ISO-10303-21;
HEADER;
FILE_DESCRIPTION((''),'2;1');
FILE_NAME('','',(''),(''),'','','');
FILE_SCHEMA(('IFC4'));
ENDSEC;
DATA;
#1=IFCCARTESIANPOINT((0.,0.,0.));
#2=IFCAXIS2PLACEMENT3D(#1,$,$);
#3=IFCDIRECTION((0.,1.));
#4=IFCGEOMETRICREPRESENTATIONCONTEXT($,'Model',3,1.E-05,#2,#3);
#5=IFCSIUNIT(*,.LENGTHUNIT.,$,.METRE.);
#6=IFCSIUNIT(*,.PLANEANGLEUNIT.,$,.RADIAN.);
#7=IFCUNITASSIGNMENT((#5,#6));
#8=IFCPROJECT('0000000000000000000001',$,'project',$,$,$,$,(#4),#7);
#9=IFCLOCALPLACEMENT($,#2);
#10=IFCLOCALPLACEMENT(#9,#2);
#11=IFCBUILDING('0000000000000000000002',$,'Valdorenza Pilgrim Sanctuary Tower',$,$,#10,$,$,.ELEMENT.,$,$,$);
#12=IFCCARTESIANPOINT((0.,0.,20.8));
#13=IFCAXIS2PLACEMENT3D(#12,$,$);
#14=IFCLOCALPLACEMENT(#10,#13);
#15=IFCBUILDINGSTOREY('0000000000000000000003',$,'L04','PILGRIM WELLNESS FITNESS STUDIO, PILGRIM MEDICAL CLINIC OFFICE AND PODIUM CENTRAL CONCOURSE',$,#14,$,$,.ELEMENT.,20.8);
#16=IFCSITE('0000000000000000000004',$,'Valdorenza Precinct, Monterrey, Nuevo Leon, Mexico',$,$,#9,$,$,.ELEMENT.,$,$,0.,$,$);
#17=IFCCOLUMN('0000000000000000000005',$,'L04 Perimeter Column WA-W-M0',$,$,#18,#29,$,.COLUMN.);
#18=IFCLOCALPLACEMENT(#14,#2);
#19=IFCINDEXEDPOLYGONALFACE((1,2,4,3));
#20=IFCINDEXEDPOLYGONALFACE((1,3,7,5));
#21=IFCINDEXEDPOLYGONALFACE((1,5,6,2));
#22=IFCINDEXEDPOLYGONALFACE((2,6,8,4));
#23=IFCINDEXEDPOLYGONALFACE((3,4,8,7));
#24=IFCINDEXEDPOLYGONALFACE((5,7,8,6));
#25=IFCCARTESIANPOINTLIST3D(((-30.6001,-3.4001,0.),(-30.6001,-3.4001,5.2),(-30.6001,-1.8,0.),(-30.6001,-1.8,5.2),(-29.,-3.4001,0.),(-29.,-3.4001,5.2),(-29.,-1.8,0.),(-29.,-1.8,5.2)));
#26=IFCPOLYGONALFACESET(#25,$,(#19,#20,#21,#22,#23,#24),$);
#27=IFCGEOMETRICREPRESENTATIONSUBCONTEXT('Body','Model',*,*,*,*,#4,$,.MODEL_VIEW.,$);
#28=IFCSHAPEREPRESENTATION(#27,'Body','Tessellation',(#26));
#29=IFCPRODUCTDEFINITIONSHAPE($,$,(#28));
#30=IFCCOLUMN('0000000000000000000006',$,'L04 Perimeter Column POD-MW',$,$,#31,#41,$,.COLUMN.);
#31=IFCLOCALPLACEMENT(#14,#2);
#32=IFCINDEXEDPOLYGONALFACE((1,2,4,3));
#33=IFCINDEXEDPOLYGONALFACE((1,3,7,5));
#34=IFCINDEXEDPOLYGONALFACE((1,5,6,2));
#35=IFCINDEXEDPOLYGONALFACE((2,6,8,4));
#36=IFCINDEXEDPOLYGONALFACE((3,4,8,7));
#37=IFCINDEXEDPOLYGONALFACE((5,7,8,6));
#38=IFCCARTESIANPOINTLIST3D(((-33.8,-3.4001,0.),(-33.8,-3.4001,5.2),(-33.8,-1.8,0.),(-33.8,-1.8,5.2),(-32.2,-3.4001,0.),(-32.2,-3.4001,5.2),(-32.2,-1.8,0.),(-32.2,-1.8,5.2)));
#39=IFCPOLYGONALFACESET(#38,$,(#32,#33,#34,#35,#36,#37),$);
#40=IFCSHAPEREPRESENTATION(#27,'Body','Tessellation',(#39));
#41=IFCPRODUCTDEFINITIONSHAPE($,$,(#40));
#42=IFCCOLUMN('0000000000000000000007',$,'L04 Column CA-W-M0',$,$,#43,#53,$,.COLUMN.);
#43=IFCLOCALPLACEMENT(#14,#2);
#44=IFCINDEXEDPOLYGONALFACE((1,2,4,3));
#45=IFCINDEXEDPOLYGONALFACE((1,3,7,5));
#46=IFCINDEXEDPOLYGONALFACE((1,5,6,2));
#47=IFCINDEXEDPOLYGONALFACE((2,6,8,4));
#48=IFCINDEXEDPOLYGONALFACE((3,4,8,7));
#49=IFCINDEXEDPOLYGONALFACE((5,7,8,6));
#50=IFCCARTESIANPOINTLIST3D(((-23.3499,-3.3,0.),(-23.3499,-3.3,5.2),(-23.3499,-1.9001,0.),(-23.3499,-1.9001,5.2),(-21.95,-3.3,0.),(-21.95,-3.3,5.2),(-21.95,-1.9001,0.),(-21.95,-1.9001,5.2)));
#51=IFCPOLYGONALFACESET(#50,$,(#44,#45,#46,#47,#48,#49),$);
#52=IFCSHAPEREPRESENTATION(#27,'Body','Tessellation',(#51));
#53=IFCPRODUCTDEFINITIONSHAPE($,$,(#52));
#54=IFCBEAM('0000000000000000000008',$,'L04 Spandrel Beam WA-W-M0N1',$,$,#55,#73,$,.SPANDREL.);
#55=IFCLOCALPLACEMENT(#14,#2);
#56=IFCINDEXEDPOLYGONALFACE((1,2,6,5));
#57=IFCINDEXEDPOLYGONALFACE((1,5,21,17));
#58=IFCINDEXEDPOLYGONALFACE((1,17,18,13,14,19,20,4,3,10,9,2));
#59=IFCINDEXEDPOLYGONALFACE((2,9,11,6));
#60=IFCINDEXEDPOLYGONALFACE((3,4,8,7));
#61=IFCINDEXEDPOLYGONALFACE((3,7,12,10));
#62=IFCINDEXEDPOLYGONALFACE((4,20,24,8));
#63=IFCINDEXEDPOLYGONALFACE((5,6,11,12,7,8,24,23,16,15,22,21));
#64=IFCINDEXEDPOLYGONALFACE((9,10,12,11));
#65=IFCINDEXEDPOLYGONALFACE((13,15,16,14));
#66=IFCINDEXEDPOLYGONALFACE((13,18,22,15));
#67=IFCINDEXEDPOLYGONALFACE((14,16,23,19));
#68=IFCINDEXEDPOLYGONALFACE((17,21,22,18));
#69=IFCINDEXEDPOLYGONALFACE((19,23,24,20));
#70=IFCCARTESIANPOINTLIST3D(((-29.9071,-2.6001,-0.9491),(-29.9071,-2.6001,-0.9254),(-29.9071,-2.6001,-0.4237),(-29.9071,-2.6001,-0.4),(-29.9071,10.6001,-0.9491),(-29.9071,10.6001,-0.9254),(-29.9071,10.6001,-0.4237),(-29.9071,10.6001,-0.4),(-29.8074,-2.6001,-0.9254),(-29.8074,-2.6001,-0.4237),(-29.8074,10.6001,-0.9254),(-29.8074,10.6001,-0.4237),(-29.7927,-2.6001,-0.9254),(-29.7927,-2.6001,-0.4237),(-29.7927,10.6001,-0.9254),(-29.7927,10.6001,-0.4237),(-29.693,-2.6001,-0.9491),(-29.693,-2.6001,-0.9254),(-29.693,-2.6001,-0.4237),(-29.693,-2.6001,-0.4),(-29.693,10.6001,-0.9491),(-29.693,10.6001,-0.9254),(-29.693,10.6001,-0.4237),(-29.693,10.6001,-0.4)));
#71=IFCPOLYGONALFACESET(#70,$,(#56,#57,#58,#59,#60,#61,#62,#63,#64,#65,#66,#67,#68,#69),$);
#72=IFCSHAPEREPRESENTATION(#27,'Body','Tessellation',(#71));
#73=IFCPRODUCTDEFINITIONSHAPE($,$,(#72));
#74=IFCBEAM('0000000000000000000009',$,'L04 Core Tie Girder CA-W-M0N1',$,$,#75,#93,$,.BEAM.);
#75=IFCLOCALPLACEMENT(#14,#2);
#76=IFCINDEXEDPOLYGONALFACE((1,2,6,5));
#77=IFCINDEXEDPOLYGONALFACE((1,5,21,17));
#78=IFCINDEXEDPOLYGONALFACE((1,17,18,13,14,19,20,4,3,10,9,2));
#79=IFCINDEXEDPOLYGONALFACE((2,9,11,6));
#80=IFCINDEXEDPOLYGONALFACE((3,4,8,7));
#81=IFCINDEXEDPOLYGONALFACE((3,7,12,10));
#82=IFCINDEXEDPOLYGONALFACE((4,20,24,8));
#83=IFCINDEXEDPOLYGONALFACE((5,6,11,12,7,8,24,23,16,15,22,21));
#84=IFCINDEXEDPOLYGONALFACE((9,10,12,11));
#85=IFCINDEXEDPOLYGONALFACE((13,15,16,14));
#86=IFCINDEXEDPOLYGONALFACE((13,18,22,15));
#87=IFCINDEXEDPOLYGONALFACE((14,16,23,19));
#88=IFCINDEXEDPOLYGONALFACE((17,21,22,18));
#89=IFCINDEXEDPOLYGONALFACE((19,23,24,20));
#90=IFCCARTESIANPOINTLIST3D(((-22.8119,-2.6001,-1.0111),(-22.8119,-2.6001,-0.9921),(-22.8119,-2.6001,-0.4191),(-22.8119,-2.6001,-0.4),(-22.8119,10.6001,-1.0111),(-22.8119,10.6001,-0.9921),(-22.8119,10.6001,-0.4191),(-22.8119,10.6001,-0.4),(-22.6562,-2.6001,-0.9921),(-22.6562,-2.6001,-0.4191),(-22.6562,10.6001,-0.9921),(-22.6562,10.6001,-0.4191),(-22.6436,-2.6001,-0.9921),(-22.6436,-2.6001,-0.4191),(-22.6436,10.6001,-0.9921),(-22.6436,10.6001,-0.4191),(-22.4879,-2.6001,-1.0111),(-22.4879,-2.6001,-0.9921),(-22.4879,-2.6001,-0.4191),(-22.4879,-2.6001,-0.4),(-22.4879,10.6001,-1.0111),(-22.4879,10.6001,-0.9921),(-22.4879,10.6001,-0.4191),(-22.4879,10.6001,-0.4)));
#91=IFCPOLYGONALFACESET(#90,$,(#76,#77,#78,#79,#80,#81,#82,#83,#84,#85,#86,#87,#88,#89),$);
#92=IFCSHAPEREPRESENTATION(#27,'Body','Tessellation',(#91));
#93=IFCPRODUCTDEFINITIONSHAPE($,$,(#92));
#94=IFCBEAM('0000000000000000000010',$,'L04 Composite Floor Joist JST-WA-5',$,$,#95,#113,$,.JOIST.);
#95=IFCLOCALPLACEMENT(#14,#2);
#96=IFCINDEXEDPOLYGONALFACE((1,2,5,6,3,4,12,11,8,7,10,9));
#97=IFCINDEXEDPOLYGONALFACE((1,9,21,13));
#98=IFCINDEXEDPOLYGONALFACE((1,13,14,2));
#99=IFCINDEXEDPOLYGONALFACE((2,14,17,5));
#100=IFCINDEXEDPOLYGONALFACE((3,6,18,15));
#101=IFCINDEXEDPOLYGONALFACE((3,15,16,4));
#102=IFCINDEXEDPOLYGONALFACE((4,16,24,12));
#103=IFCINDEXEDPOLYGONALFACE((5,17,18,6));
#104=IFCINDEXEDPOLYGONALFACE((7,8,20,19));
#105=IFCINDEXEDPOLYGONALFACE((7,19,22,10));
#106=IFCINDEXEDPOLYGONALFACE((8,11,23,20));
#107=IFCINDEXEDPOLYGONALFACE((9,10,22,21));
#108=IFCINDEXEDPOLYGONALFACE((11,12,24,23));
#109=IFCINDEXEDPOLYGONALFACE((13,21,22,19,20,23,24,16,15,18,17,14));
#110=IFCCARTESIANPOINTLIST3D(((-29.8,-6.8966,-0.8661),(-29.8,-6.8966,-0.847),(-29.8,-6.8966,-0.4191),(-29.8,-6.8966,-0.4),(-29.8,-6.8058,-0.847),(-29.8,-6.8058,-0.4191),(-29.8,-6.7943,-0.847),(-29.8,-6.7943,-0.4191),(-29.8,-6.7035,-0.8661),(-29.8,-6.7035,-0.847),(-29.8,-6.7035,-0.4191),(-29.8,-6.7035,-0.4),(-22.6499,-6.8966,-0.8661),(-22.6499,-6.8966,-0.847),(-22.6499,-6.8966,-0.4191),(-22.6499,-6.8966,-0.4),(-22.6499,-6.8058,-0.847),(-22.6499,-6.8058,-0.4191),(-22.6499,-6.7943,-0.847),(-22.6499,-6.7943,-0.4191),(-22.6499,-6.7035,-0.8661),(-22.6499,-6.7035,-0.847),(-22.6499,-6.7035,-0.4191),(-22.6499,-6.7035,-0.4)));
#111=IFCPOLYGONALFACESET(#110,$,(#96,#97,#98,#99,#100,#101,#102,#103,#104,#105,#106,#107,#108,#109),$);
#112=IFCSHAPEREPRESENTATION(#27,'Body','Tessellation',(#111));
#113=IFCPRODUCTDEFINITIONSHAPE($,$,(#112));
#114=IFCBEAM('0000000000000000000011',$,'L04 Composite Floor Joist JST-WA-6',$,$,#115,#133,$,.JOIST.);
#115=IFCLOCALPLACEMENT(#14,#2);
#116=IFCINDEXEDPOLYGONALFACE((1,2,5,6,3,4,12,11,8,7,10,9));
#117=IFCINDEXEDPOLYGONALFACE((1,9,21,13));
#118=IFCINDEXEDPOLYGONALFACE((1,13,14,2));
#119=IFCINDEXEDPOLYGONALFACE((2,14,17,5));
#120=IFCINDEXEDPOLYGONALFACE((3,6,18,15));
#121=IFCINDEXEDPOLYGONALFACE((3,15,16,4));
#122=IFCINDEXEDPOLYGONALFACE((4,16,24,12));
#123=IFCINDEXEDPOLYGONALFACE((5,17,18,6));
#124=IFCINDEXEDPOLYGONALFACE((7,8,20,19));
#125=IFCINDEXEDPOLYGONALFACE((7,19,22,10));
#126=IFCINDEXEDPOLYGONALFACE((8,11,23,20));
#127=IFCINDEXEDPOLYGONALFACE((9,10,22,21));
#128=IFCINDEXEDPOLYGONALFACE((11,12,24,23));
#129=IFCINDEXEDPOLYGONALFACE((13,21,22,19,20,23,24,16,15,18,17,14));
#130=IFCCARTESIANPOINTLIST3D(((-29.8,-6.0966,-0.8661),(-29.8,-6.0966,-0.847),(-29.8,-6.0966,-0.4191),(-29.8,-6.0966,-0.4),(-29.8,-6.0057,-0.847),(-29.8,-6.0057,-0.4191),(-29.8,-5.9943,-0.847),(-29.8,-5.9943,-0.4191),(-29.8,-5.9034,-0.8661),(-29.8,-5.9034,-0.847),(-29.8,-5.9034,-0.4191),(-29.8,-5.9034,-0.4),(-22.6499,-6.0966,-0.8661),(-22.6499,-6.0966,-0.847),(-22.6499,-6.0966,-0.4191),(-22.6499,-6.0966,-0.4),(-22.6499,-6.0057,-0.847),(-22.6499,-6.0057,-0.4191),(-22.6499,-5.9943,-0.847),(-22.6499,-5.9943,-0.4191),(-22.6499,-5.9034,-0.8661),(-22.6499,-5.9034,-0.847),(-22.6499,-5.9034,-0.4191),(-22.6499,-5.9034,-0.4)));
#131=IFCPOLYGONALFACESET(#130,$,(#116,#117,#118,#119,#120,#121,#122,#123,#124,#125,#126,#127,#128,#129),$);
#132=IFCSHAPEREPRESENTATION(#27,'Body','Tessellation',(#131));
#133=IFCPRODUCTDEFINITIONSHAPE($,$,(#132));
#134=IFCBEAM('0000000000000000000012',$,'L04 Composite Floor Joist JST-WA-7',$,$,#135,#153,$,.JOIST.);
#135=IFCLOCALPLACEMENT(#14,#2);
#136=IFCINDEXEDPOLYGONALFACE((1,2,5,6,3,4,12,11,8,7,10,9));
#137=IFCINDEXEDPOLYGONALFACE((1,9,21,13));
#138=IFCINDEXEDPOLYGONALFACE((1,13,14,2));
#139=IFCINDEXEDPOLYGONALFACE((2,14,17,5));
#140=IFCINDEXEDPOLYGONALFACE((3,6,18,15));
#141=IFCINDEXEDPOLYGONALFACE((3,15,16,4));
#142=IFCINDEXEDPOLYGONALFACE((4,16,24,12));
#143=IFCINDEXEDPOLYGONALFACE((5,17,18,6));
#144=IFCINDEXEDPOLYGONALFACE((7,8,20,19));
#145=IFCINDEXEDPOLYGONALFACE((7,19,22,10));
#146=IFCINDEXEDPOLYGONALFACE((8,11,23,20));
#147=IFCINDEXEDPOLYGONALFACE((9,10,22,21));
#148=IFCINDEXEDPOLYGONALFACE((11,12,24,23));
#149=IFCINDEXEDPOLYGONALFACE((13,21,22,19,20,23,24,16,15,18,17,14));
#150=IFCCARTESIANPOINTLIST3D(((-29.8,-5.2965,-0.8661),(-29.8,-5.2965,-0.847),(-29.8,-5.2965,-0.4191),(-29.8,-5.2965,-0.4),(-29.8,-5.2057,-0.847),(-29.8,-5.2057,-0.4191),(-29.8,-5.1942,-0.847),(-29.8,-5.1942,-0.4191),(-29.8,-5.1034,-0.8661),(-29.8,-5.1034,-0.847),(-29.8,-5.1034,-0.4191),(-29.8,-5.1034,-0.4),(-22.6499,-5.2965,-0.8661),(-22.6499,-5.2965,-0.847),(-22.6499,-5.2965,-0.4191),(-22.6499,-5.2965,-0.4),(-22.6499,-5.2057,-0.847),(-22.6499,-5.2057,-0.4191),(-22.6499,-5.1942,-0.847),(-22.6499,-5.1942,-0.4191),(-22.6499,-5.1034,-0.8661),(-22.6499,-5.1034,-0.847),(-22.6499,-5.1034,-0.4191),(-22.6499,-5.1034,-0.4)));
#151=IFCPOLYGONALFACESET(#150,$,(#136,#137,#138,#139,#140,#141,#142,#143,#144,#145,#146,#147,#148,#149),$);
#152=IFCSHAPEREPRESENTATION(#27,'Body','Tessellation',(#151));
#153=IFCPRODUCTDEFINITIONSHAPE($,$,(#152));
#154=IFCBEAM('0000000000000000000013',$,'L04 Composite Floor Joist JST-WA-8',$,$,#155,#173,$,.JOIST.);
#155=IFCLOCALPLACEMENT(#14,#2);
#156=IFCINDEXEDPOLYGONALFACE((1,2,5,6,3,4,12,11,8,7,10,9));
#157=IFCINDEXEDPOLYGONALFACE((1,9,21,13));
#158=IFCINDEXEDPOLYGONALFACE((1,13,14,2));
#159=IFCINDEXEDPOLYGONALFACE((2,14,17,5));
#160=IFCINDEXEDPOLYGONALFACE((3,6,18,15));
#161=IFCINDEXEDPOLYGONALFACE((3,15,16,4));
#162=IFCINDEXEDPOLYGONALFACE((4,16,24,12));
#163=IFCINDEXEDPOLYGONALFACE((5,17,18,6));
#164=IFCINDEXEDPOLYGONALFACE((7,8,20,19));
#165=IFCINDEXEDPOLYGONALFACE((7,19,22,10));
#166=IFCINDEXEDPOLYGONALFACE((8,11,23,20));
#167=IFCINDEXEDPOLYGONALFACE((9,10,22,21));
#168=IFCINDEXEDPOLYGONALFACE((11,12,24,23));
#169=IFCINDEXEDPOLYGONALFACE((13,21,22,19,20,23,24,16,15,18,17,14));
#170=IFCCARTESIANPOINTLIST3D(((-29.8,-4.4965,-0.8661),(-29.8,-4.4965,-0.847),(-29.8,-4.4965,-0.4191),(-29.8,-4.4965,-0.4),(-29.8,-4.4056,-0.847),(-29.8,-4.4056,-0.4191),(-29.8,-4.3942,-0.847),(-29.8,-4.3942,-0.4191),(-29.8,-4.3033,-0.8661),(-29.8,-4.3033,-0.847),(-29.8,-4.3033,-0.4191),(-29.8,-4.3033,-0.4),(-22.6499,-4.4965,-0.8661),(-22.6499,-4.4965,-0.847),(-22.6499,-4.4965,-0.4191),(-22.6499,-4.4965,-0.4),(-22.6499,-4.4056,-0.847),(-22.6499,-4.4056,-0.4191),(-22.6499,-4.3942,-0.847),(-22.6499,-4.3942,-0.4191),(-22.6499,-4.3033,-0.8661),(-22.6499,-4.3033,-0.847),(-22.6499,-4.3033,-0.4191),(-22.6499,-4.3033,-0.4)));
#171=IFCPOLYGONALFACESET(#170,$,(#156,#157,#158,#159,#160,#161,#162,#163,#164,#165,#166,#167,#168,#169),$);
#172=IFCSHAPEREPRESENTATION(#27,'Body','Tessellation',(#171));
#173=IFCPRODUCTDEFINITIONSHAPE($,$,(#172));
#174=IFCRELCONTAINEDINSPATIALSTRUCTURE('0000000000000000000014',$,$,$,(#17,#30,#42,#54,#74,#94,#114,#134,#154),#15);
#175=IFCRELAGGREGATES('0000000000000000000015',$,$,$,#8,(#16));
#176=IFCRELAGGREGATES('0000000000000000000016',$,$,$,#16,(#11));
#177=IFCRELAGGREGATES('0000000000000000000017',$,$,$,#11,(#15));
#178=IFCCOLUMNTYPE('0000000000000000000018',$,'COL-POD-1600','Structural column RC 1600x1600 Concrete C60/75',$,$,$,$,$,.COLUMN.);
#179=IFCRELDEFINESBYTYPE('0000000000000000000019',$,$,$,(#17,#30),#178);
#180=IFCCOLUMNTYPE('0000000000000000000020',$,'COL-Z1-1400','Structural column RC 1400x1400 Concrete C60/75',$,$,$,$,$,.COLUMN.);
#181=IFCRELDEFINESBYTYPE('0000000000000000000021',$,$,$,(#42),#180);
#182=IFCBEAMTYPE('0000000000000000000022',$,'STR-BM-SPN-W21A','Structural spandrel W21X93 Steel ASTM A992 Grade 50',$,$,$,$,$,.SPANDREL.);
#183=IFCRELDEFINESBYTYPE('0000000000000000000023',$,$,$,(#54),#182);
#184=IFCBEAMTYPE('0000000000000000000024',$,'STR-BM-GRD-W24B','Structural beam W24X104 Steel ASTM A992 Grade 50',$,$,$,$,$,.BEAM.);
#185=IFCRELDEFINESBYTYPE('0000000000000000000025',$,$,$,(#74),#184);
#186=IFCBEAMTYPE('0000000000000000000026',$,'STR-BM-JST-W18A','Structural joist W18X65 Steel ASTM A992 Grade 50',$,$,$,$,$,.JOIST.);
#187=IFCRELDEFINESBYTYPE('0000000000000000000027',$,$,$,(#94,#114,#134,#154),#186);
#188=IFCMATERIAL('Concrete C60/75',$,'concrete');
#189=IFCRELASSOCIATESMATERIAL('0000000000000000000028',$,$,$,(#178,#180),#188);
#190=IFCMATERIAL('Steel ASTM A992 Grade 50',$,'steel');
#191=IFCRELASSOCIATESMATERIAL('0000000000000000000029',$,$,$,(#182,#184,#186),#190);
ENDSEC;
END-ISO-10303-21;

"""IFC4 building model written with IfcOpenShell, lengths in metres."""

from ifc_helpers import new_model, si_unit, direction, frame, origin, origin_2d, place, context, subcontext, project, spatial, rectangle, i_section, extrude, source, transform, mapped, material, material_profile, profile_set, type_object, element, save


model = new_model("IFC4")

# Units and contexts
model_context = context("Model", 3, precision=1e-05, world=origin(), true_north=direction((0.0, 1.0)))
body_context = subcontext(model_context, "Body", "Model", "MODEL_VIEW")
ifc_project = project(units=[si_unit("LENGTHUNIT", "METRE"), si_unit("PLANEANGLEUNIT", "RADIAN")], contexts=[model_context])

# Site, building, storey
site_placement = place(None, origin())
site = spatial("IfcSite", under=ifc_project, at=site_placement, Name="Valdorenza Precinct, Monterrey, Nuevo Leon, Mexico", CompositionType="ELEMENT", RefElevation=0.0)
building_placement = place(site_placement, origin())
building = spatial("IfcBuilding", under=site, at=building_placement, Name="Valdorenza Pilgrim Sanctuary Tower", CompositionType="ELEMENT")
storey_placement = place(building_placement, frame((0.0, 0.0, 20.8)))
storey = spatial("IfcBuildingStorey", under=building, at=storey_placement, Name="L04", Description="PILGRIM WELLNESS FITNESS STUDIO, PILGRIM MEDICAL CLINIC OFFICE AND PODIUM CENTRAL CONCOURSE", CompositionType="ELEMENT", Elevation=20.8)

# Columns
ifc_material_1 = material(Name="Concrete C60/75", Category="concrete")
ifc_material_profile_1 = material_profile(ifc_material_1, rectangle(XDim=1.6001, YDim=1.6001, at=origin_2d()), Name="RC 1600x1600")
ifc_profile_set_1 = profile_set([ifc_material_profile_1], Name="Concrete C60/75")
column_type_1 = type_object("IfcColumnType", Name="COL-POD-1600", Description="Structural column RC 1600x1600 Concrete C60/75", PredefinedType="COLUMN", material=ifc_profile_set_1)
shared_shape_1 = source(origin(), body_context, "Body", "SweptSolid", [
    extrude(rectangle(XDim=1.6001, YDim=1.6001, at=origin_2d()), origin(), (0.0, 0.0, 1.0), 5.2),
])
for number, where, z_axis, x_axis, name in (
    (1, (-29.8, -2.6001, 0.0), (0.0, 0.0, 1.0), (1.0, 0.0, 0.0), "L04 Perimeter Column WA-W-M0"),
    (2, (-33.0, -2.6001, 0.0), (0.0, 0.0, 1.0), (1.0, 0.0, 0.0), "L04 Perimeter Column POD-MW"),
):
    element("IfcColumn", number, at=place(storey_placement, frame(where, z_axis=z_axis, x_axis=x_axis)), inside=storey, type_object=column_type_1, Name=name, PredefinedType="COLUMN", context=body_context, shape_type="MappedRepresentation", body=[
        mapped(shared_shape_1, transform((0.0, 0.0, 0.0), x_axis=(1.0, 0.0, 0.0), y_axis=(0.0, 1.0, 0.0), z_axis=(0.0, 0.0, 1.0), scale=1.0)),
    ])
ifc_material_profile_2 = material_profile(ifc_material_1, rectangle(XDim=1.3999, YDim=1.3999, at=origin_2d()), Name="RC 1400x1400")
ifc_profile_set_2 = profile_set([ifc_material_profile_2], Name="Concrete C60/75")
column_type_2 = type_object("IfcColumnType", Name="COL-Z1-1400", Description="Structural column RC 1400x1400 Concrete C60/75", PredefinedType="COLUMN", material=ifc_profile_set_2)
shared_shape_2 = source(origin(), body_context, "Body", "SweptSolid", [
    extrude(rectangle(XDim=1.3999, YDim=1.3999, at=origin_2d()), origin(), (0.0, 0.0, 1.0), 5.2),
])
column_placement = place(storey_placement, frame((-22.6499, -2.6001, 0.0), z_axis=(0.0, 0.0, 1.0), x_axis=(1.0, 0.0, 0.0)))
element("IfcColumn", 3, at=column_placement, inside=storey, type_object=column_type_2, Name="L04 Column CA-W-M0", PredefinedType="COLUMN", context=body_context, shape_type="MappedRepresentation", body=[
    mapped(shared_shape_2, transform((0.0, 0.0, 0.0), x_axis=(1.0, 0.0, 0.0), y_axis=(0.0, 1.0, 0.0), z_axis=(0.0, 0.0, 1.0), scale=1.0)),
])

# Beams
ifc_material_2 = material(Name="Steel ASTM A992 Grade 50", Category="steel")
ifc_material_profile_3 = material_profile(ifc_material_2, i_section(OverallWidth=0.2141, OverallDepth=0.5491, WebThickness=0.0146, FlangeThickness=0.0237, at=origin_2d()), Name="W21X93")
ifc_profile_set_3 = profile_set([ifc_material_profile_3], Name="Steel ASTM A992 Grade 50")
beam_type_1 = type_object("IfcBeamType", Name="STR-BM-SPN-W21A", Description="Structural spandrel W21X93 Steel ASTM A992 Grade 50", PredefinedType="SPANDREL", material=ifc_profile_set_3)
shared_shape_3 = source(origin(), body_context, "Body", "SweptSolid", [
    extrude(i_section(OverallWidth=0.2141, OverallDepth=0.5491, WebThickness=0.0146, FlangeThickness=0.0237, at=origin_2d()), origin(), (0.0, 0.0, 1.0), 13.2002),
])
beam_1_placement = place(storey_placement, frame((-29.8, -2.6001, -0.6746), z_axis=(0.0, 1.0, 0.0), x_axis=(-1.0, 0.0, 0.0)))
element("IfcBeam", 4, at=beam_1_placement, inside=storey, type_object=beam_type_1, Name="L04 Spandrel Beam WA-W-M0N1", PredefinedType="SPANDREL", context=body_context, shape_type="MappedRepresentation", body=[
    mapped(shared_shape_3, transform((0.0, 0.0, 0.0), x_axis=(1.0, 0.0, 0.0), y_axis=(0.0, 1.0, 0.0), z_axis=(0.0, 0.0, 1.0), scale=1.0)),
])
ifc_material_profile_4 = material_profile(ifc_material_2, i_section(OverallWidth=0.324, OverallDepth=0.6111, WebThickness=0.0127, FlangeThickness=0.019, at=origin_2d()), Name="W24X104")
ifc_profile_set_4 = profile_set([ifc_material_profile_4], Name="Steel ASTM A992 Grade 50")
beam_type_2 = type_object("IfcBeamType", Name="STR-BM-GRD-W24B", Description="Structural beam W24X104 Steel ASTM A992 Grade 50", PredefinedType="BEAM", material=ifc_profile_set_4)
shared_shape_4 = source(origin(), body_context, "Body", "SweptSolid", [
    extrude(i_section(OverallWidth=0.324, OverallDepth=0.6111, WebThickness=0.0127, FlangeThickness=0.019, at=origin_2d()), origin(), (0.0, 0.0, 1.0), 13.2002),
])
beam_2_placement = place(storey_placement, frame((-22.6499, -2.6001, -0.7056), z_axis=(0.0, 1.0, 0.0), x_axis=(-1.0, 0.0, 0.0)))
element("IfcBeam", 5, at=beam_2_placement, inside=storey, type_object=beam_type_2, Name="L04 Core Tie Girder CA-W-M0N1", PredefinedType="BEAM", context=body_context, shape_type="MappedRepresentation", body=[
    mapped(shared_shape_4, transform((0.0, 0.0, 0.0), x_axis=(1.0, 0.0, 0.0), y_axis=(0.0, 1.0, 0.0), z_axis=(0.0, 0.0, 1.0), scale=1.0)),
])
ifc_material_profile_5 = material_profile(ifc_material_2, i_section(OverallWidth=0.1931, OverallDepth=0.4661, WebThickness=0.0115, FlangeThickness=0.019, at=origin_2d()), Name="W18X65")
ifc_profile_set_5 = profile_set([ifc_material_profile_5], Name="Steel ASTM A992 Grade 50")
beam_type_3 = type_object("IfcBeamType", Name="STR-BM-JST-W18A", Description="Structural joist W18X65 Steel ASTM A992 Grade 50", PredefinedType="JOIST", material=ifc_profile_set_5)
shared_shape_5 = source(origin(), body_context, "Body", "SweptSolid", [
    extrude(i_section(OverallWidth=0.1931, OverallDepth=0.4661, WebThickness=0.0115, FlangeThickness=0.019, at=origin_2d()), origin(), (0.0, 0.0, 1.0), 7.1501),
])
for number, where, z_axis, x_axis, name in (
    (6, (-29.8, -6.8, -0.6331), (1.0, 0.0, 0.0), (0.0, 1.0, 0.0), "L04 Composite Floor Joist JST-WA-5"),
    (7, (-29.8, -6.0, -0.6331), (1.0, 0.0, 0.0), (0.0, 1.0, 0.0), "L04 Composite Floor Joist JST-WA-6"),
    (8, (-29.8, -5.2, -0.6331), (1.0, 0.0, 0.0), (0.0, 1.0, 0.0), "L04 Composite Floor Joist JST-WA-7"),
    (9, (-29.8, -4.3999, -0.6331), (1.0, 0.0, 0.0), (0.0, 1.0, 0.0), "L04 Composite Floor Joist JST-WA-8"),
):
    element("IfcBeam", number, at=place(storey_placement, frame(where, z_axis=z_axis, x_axis=x_axis)), inside=storey, type_object=beam_type_3, Name=name, PredefinedType="JOIST", context=body_context, shape_type="MappedRepresentation", body=[
        mapped(shared_shape_5, transform((0.0, 0.0, 0.0), x_axis=(1.0, 0.0, 0.0), y_axis=(0.0, 1.0, 0.0), z_axis=(0.0, 0.0, 1.0), scale=1.0)),
    ])

save(model, "model.ifc")
